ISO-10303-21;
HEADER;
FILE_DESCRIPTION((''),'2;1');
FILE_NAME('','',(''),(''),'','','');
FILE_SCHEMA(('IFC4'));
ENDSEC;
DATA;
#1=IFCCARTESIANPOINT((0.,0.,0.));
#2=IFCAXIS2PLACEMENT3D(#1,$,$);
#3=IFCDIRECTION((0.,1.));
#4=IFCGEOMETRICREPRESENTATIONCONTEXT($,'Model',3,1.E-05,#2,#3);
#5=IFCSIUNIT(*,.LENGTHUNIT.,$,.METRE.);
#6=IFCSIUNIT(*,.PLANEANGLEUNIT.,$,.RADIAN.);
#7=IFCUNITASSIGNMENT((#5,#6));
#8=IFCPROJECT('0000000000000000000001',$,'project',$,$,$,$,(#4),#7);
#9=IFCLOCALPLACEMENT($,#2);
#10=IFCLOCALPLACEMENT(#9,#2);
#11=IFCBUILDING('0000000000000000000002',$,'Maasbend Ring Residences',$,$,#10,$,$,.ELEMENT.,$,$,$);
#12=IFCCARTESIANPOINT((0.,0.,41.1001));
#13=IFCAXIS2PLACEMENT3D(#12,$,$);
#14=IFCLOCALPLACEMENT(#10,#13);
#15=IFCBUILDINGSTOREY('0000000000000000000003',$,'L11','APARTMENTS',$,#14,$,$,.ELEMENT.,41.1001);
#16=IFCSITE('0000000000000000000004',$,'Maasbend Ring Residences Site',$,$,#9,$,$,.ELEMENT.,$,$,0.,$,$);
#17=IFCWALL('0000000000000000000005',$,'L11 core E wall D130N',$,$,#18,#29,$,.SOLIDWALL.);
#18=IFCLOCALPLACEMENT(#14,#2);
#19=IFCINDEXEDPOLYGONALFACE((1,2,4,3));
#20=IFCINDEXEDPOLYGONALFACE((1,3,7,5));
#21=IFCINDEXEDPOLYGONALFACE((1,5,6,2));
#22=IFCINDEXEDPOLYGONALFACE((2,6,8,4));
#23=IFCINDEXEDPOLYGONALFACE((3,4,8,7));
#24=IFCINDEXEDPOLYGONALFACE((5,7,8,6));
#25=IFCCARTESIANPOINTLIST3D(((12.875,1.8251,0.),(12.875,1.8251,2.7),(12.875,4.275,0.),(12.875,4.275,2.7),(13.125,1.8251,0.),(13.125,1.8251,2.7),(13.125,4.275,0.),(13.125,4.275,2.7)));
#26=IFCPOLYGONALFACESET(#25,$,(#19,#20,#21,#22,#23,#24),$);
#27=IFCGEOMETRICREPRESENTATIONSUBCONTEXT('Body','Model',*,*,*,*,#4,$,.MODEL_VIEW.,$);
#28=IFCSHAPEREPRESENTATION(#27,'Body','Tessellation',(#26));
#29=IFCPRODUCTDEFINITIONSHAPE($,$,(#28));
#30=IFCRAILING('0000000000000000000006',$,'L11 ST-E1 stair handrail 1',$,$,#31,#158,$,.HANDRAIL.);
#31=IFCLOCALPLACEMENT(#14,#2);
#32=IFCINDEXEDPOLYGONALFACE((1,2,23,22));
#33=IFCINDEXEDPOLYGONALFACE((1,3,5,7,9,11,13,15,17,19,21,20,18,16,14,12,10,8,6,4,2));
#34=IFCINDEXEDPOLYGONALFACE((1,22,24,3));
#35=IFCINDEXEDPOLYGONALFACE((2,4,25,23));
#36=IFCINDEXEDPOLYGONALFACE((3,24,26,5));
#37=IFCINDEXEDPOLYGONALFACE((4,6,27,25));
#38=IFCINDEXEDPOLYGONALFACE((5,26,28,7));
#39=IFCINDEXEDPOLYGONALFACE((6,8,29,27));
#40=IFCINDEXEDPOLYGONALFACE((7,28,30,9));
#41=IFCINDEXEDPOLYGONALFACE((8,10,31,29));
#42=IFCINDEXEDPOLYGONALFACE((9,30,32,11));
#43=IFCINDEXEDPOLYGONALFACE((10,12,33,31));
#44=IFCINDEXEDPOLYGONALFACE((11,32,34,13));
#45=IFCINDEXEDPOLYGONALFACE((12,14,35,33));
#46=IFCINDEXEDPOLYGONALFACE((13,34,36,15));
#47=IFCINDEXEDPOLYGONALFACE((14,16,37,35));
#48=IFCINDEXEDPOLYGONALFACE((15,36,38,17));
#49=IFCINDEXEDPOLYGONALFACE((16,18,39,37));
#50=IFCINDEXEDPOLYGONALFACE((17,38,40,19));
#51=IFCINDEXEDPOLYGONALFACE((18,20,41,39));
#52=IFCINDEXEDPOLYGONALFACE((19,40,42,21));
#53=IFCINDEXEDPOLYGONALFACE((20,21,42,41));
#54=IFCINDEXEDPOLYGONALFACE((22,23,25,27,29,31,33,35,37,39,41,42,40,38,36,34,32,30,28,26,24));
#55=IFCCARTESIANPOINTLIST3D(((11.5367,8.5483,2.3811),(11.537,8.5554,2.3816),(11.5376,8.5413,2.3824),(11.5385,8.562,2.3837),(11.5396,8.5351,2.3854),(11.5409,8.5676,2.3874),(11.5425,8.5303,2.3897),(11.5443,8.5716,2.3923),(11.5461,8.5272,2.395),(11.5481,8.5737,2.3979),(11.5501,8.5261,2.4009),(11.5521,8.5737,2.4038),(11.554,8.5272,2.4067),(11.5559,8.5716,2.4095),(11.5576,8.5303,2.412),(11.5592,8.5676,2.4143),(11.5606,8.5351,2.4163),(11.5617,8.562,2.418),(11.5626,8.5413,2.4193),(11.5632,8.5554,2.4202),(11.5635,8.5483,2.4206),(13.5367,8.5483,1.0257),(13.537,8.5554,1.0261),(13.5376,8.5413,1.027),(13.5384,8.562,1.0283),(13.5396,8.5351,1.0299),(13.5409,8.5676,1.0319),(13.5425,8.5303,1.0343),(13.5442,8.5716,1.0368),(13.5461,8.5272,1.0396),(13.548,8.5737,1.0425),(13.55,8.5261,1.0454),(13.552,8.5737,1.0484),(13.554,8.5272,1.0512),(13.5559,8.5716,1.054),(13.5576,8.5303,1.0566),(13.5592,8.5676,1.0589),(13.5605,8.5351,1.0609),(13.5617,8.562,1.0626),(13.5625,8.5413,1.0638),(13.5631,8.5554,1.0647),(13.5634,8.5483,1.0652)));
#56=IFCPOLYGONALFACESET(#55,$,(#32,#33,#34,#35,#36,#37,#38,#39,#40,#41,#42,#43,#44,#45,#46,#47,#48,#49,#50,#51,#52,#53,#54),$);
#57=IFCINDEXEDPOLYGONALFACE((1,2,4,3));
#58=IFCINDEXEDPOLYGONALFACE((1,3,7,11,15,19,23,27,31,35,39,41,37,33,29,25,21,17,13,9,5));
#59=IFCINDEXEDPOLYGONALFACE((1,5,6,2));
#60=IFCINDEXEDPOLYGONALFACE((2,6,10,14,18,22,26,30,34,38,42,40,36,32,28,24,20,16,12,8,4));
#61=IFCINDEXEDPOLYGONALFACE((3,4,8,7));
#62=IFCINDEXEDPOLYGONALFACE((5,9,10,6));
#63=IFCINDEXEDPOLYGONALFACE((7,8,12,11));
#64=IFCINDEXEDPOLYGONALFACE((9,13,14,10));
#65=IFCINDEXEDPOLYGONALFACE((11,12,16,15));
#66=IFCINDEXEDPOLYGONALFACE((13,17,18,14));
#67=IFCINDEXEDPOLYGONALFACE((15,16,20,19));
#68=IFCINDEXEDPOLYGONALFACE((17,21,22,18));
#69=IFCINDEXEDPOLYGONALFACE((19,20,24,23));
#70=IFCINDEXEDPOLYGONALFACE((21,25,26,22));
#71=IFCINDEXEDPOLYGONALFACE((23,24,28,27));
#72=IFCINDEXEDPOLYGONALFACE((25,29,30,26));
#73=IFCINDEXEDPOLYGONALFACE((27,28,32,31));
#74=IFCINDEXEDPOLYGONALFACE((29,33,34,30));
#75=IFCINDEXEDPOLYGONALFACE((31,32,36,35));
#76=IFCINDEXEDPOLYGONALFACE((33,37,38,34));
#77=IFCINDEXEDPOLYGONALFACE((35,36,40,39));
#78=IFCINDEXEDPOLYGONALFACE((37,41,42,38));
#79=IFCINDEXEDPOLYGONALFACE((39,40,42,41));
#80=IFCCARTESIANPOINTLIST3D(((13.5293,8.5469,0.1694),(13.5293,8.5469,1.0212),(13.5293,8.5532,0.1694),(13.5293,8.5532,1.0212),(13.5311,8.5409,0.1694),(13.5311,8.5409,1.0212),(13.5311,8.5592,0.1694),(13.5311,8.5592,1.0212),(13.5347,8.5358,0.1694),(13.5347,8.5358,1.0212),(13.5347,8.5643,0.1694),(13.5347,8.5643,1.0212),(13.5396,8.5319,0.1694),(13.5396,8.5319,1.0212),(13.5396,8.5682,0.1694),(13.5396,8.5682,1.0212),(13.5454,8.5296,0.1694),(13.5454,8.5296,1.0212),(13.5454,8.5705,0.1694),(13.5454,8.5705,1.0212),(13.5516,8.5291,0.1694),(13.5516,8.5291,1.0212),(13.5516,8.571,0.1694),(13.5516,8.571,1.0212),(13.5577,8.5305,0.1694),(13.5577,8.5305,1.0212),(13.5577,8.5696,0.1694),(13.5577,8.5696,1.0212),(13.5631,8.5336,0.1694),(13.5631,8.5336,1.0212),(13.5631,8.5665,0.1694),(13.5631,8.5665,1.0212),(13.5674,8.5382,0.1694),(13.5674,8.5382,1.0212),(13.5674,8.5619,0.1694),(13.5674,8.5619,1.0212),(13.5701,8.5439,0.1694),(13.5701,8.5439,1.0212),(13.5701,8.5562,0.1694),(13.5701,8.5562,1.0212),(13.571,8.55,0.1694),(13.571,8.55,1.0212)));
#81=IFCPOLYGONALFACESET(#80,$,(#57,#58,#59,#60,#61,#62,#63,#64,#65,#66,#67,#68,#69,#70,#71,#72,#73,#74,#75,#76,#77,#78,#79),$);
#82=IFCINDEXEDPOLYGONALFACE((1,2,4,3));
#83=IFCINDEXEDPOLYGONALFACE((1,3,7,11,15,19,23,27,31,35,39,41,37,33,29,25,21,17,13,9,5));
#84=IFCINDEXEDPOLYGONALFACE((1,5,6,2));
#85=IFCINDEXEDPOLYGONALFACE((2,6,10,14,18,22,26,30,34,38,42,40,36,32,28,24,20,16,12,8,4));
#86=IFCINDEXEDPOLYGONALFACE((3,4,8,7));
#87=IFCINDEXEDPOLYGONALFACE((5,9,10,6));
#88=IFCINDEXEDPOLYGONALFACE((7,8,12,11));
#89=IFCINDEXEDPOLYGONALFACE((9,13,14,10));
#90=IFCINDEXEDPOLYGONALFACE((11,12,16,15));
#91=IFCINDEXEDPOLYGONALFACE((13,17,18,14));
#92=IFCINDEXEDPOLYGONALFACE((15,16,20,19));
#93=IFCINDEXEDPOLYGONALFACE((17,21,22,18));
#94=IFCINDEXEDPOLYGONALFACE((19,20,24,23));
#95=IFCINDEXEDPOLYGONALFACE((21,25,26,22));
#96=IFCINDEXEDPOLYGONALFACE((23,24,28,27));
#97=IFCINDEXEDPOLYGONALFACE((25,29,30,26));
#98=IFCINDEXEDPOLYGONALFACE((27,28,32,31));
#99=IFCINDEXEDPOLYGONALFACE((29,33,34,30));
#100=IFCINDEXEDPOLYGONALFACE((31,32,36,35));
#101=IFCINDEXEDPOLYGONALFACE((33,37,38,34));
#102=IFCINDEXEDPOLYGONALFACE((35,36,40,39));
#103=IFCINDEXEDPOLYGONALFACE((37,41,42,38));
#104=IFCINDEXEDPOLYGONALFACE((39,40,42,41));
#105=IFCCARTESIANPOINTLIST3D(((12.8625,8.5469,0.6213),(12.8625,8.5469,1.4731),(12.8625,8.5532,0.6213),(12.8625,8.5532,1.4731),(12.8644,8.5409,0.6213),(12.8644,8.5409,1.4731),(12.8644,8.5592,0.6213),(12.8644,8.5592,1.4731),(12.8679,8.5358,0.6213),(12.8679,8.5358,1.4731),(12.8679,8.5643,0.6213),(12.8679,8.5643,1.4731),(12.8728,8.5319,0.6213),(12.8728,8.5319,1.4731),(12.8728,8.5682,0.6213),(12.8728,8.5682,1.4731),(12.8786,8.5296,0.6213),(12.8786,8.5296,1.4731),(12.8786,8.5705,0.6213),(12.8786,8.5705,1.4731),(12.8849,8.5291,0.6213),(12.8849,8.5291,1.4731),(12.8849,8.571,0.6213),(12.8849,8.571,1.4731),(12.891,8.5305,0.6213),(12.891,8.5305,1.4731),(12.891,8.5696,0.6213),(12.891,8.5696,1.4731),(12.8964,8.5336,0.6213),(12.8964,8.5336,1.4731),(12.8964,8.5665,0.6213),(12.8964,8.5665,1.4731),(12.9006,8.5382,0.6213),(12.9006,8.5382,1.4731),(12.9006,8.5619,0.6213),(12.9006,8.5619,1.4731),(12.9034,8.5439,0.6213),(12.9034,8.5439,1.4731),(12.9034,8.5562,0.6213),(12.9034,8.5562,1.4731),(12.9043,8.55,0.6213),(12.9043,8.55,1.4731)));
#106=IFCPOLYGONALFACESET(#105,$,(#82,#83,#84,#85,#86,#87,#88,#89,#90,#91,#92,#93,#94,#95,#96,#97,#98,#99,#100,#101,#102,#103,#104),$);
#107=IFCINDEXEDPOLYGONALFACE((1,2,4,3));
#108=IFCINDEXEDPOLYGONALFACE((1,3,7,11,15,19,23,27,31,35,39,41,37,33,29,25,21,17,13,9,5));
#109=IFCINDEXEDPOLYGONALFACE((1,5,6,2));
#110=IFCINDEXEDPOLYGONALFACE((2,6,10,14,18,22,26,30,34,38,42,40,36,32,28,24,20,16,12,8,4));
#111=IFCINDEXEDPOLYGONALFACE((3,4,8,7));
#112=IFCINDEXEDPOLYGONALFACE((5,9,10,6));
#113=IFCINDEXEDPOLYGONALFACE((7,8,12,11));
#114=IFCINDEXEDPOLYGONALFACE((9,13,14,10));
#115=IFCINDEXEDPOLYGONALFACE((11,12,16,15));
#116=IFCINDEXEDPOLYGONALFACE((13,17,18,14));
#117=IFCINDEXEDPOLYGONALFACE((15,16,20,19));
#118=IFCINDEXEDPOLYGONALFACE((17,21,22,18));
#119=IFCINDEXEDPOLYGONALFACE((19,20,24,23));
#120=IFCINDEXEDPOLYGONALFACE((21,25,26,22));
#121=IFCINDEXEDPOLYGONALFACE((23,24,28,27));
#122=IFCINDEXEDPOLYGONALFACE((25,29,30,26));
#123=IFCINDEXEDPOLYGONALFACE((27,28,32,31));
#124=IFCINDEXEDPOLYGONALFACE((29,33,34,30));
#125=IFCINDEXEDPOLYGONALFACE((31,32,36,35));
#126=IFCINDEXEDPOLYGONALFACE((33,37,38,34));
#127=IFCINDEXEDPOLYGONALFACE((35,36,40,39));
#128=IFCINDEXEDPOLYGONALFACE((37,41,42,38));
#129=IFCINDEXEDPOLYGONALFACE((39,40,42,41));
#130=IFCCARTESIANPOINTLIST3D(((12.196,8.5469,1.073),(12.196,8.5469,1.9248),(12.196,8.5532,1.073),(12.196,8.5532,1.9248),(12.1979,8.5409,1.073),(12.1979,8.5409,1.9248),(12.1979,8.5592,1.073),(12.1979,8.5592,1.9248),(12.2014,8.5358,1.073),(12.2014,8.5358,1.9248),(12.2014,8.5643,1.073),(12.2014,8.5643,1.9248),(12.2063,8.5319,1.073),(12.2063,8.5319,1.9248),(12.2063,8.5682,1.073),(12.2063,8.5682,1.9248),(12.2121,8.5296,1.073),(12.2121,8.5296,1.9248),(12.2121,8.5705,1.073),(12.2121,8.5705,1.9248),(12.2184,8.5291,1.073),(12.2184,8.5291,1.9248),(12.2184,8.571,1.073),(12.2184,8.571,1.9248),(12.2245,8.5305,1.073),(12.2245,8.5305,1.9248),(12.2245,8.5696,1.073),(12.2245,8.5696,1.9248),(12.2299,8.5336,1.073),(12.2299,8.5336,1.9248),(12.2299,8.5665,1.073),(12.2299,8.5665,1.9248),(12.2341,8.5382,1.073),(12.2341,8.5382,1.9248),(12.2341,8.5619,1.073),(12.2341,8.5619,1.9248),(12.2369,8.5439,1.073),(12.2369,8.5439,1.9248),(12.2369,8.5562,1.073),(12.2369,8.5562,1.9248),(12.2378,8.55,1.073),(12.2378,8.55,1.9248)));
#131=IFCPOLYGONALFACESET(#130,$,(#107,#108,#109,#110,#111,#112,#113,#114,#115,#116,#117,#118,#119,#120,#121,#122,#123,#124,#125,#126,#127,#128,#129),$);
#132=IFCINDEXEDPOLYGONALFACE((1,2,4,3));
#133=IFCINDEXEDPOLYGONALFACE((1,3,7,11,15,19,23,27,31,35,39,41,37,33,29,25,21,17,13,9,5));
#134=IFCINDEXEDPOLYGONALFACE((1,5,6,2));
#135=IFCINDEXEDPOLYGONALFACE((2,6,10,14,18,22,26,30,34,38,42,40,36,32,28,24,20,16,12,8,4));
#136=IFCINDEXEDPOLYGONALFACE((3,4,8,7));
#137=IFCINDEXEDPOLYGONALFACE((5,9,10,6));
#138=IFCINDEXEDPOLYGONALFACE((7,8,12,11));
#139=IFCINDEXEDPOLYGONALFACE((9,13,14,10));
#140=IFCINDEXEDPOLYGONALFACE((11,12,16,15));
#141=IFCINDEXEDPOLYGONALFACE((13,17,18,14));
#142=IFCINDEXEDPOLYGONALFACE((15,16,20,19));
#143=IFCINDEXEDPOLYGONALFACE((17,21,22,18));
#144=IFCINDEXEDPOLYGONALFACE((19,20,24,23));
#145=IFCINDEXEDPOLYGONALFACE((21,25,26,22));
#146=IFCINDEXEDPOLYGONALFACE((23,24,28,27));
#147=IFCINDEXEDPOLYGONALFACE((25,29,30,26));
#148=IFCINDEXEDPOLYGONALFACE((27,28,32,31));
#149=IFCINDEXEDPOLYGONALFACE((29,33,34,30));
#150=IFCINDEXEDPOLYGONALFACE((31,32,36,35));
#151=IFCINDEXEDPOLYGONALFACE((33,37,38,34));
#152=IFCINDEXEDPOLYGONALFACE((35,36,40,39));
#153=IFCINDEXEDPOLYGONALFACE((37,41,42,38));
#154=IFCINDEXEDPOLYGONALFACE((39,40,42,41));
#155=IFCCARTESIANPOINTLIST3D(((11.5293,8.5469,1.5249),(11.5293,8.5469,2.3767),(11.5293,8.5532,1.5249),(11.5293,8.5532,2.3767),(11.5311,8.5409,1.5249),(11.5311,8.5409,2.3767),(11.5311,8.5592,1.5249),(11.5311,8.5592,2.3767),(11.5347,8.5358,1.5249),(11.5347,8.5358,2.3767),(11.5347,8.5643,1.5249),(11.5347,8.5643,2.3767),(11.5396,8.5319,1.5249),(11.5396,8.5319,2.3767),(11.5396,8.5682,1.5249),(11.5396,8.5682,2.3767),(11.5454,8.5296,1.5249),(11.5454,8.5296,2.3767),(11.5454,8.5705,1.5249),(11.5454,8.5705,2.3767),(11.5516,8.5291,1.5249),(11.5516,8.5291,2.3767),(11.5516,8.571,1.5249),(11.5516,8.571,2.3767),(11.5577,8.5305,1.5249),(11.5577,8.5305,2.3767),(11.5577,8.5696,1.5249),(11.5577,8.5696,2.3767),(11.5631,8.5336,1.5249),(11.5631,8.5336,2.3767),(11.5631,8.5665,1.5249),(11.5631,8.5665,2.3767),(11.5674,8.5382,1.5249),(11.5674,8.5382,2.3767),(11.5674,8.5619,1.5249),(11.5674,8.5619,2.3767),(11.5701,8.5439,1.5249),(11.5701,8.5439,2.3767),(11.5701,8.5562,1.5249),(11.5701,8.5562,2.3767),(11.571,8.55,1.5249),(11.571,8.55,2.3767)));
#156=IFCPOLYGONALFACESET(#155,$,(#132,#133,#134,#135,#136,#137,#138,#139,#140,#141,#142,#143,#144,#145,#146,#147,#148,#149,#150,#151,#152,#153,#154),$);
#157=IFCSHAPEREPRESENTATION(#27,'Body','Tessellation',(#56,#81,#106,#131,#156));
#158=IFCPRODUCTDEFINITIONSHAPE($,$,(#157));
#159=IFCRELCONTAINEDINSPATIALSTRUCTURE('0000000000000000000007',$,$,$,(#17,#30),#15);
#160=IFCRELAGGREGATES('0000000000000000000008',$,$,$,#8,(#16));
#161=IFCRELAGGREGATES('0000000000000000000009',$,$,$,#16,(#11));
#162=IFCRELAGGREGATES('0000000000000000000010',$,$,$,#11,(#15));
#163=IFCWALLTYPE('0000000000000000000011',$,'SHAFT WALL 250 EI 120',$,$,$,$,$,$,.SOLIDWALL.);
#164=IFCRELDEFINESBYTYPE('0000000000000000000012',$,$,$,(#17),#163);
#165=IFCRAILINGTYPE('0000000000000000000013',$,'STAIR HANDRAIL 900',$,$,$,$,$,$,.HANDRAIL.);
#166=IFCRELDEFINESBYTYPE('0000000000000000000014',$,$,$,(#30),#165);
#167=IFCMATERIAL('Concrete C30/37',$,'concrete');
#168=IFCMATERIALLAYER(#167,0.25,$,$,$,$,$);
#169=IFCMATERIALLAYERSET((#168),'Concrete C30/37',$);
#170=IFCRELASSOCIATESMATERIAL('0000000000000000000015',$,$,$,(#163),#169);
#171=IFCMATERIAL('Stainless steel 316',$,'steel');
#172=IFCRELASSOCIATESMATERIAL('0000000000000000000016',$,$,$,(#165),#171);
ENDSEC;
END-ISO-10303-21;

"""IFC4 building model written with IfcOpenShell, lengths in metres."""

from ifc_helpers import new_model, si_unit, direction, frame, frame_2d, origin, origin_2d, place, context, subcontext, project, spatial, rectangle, circle, extrude, material, layer, layer_set, type_object, element, save


model = new_model("IFC4")

# Units and contexts
model_context = context("Model", 3, precision=1e-05, world=origin(), true_north=direction((0.0, 1.0)))
body_context = subcontext(model_context, "Body", "Model", "MODEL_VIEW")
ifc_project = project(units=[si_unit("LENGTHUNIT", "METRE"), si_unit("PLANEANGLEUNIT", "RADIAN")], contexts=[model_context])

# Site, building, storey
site_placement = place(None, origin())
site = spatial("IfcSite", under=ifc_project, at=site_placement, Name="Maasbend Ring Residences Site", CompositionType="ELEMENT", RefElevation=0.0)
building_placement = place(site_placement, origin())
building = spatial("IfcBuilding", under=site, at=building_placement, Name="Maasbend Ring Residences", CompositionType="ELEMENT")
storey_placement = place(building_placement, frame((0.0, 0.0, 41.1001)))
storey = spatial("IfcBuildingStorey", under=building, at=storey_placement, Name="L11", Description="APARTMENTS", CompositionType="ELEMENT", Elevation=41.1001)

# Wall
ifc_material_1 = material(Name="Concrete C30/37", Category="concrete")
ifc_layer_1 = layer(ifc_material_1, 0.25)
ifc_layer_set_1 = layer_set([ifc_layer_1], Name="Concrete C30/37")
wall_type_1 = type_object("IfcWallType", Name="SHAFT WALL 250 EI 120", PredefinedType="SOLIDWALL", material=ifc_layer_set_1)
for number, where, z_axis, x_axis, name in (
    (1, (13.0, 1.825, 0.0), (0.0, 0.0, 1.0), (0.0, 1.0, 0.0), "L11 core E wall D130N"),
):
    element("IfcWall", number, at=place(storey_placement, frame(where, z_axis=z_axis, x_axis=x_axis)), inside=storey, type_object=wall_type_1, Name=name, PredefinedType="SOLIDWALL", context=body_context, shape_type="SweptSolid", body=[
        extrude(rectangle(XDim=2.45, YDim=0.25, at=frame_2d((1.2251, 0.0))), origin(), (0.0, 0.0, 1.0), 2.7),
    ])

# Railing
ifc_material_2 = material(Name="Stainless steel 316", Category="steel")
railing_type_1 = type_object("IfcRailingType", Name="STAIR HANDRAIL 900", PredefinedType="HANDRAIL", material=ifc_material_2)
railing_1_placement = place(storey_placement, frame((13.55, 8.55, 0.1694)))
element("IfcRailing", 2, at=railing_1_placement, inside=storey, type_object=railing_type_1, Name="L11 ST-E1 stair handrail 1", PredefinedType="HANDRAIL", context=body_context, shape_type="SweptSolid", body=[
    extrude(circle(Radius=0.0239, at=origin_2d()), frame((0.0, 0.0, 0.876), z_axis=(-0.827798, 0.0, 0.561027), x_axis=(0.0, -1.0, 0.0)), (0.0, 0.0, 1.0), 2.416),
    extrude(circle(Radius=0.021, at=origin_2d()), origin(), (0.0, 0.0, 1.0), 0.8518),
    extrude(circle(Radius=0.021, at=origin_2d()), frame((-0.6667, 0.0, 0.4519)), (0.0, 0.0, 1.0), 0.8518),
    extrude(circle(Radius=0.021, at=origin_2d()), frame((-1.3333, 0.0, 0.9036)), (0.0, 0.0, 1.0), 0.8518),
    extrude(circle(Radius=0.021, at=origin_2d()), frame((-2.0, 0.0, 1.3555)), (0.0, 0.0, 1.0), 0.8518),
])

save(model, "model.ifc")
